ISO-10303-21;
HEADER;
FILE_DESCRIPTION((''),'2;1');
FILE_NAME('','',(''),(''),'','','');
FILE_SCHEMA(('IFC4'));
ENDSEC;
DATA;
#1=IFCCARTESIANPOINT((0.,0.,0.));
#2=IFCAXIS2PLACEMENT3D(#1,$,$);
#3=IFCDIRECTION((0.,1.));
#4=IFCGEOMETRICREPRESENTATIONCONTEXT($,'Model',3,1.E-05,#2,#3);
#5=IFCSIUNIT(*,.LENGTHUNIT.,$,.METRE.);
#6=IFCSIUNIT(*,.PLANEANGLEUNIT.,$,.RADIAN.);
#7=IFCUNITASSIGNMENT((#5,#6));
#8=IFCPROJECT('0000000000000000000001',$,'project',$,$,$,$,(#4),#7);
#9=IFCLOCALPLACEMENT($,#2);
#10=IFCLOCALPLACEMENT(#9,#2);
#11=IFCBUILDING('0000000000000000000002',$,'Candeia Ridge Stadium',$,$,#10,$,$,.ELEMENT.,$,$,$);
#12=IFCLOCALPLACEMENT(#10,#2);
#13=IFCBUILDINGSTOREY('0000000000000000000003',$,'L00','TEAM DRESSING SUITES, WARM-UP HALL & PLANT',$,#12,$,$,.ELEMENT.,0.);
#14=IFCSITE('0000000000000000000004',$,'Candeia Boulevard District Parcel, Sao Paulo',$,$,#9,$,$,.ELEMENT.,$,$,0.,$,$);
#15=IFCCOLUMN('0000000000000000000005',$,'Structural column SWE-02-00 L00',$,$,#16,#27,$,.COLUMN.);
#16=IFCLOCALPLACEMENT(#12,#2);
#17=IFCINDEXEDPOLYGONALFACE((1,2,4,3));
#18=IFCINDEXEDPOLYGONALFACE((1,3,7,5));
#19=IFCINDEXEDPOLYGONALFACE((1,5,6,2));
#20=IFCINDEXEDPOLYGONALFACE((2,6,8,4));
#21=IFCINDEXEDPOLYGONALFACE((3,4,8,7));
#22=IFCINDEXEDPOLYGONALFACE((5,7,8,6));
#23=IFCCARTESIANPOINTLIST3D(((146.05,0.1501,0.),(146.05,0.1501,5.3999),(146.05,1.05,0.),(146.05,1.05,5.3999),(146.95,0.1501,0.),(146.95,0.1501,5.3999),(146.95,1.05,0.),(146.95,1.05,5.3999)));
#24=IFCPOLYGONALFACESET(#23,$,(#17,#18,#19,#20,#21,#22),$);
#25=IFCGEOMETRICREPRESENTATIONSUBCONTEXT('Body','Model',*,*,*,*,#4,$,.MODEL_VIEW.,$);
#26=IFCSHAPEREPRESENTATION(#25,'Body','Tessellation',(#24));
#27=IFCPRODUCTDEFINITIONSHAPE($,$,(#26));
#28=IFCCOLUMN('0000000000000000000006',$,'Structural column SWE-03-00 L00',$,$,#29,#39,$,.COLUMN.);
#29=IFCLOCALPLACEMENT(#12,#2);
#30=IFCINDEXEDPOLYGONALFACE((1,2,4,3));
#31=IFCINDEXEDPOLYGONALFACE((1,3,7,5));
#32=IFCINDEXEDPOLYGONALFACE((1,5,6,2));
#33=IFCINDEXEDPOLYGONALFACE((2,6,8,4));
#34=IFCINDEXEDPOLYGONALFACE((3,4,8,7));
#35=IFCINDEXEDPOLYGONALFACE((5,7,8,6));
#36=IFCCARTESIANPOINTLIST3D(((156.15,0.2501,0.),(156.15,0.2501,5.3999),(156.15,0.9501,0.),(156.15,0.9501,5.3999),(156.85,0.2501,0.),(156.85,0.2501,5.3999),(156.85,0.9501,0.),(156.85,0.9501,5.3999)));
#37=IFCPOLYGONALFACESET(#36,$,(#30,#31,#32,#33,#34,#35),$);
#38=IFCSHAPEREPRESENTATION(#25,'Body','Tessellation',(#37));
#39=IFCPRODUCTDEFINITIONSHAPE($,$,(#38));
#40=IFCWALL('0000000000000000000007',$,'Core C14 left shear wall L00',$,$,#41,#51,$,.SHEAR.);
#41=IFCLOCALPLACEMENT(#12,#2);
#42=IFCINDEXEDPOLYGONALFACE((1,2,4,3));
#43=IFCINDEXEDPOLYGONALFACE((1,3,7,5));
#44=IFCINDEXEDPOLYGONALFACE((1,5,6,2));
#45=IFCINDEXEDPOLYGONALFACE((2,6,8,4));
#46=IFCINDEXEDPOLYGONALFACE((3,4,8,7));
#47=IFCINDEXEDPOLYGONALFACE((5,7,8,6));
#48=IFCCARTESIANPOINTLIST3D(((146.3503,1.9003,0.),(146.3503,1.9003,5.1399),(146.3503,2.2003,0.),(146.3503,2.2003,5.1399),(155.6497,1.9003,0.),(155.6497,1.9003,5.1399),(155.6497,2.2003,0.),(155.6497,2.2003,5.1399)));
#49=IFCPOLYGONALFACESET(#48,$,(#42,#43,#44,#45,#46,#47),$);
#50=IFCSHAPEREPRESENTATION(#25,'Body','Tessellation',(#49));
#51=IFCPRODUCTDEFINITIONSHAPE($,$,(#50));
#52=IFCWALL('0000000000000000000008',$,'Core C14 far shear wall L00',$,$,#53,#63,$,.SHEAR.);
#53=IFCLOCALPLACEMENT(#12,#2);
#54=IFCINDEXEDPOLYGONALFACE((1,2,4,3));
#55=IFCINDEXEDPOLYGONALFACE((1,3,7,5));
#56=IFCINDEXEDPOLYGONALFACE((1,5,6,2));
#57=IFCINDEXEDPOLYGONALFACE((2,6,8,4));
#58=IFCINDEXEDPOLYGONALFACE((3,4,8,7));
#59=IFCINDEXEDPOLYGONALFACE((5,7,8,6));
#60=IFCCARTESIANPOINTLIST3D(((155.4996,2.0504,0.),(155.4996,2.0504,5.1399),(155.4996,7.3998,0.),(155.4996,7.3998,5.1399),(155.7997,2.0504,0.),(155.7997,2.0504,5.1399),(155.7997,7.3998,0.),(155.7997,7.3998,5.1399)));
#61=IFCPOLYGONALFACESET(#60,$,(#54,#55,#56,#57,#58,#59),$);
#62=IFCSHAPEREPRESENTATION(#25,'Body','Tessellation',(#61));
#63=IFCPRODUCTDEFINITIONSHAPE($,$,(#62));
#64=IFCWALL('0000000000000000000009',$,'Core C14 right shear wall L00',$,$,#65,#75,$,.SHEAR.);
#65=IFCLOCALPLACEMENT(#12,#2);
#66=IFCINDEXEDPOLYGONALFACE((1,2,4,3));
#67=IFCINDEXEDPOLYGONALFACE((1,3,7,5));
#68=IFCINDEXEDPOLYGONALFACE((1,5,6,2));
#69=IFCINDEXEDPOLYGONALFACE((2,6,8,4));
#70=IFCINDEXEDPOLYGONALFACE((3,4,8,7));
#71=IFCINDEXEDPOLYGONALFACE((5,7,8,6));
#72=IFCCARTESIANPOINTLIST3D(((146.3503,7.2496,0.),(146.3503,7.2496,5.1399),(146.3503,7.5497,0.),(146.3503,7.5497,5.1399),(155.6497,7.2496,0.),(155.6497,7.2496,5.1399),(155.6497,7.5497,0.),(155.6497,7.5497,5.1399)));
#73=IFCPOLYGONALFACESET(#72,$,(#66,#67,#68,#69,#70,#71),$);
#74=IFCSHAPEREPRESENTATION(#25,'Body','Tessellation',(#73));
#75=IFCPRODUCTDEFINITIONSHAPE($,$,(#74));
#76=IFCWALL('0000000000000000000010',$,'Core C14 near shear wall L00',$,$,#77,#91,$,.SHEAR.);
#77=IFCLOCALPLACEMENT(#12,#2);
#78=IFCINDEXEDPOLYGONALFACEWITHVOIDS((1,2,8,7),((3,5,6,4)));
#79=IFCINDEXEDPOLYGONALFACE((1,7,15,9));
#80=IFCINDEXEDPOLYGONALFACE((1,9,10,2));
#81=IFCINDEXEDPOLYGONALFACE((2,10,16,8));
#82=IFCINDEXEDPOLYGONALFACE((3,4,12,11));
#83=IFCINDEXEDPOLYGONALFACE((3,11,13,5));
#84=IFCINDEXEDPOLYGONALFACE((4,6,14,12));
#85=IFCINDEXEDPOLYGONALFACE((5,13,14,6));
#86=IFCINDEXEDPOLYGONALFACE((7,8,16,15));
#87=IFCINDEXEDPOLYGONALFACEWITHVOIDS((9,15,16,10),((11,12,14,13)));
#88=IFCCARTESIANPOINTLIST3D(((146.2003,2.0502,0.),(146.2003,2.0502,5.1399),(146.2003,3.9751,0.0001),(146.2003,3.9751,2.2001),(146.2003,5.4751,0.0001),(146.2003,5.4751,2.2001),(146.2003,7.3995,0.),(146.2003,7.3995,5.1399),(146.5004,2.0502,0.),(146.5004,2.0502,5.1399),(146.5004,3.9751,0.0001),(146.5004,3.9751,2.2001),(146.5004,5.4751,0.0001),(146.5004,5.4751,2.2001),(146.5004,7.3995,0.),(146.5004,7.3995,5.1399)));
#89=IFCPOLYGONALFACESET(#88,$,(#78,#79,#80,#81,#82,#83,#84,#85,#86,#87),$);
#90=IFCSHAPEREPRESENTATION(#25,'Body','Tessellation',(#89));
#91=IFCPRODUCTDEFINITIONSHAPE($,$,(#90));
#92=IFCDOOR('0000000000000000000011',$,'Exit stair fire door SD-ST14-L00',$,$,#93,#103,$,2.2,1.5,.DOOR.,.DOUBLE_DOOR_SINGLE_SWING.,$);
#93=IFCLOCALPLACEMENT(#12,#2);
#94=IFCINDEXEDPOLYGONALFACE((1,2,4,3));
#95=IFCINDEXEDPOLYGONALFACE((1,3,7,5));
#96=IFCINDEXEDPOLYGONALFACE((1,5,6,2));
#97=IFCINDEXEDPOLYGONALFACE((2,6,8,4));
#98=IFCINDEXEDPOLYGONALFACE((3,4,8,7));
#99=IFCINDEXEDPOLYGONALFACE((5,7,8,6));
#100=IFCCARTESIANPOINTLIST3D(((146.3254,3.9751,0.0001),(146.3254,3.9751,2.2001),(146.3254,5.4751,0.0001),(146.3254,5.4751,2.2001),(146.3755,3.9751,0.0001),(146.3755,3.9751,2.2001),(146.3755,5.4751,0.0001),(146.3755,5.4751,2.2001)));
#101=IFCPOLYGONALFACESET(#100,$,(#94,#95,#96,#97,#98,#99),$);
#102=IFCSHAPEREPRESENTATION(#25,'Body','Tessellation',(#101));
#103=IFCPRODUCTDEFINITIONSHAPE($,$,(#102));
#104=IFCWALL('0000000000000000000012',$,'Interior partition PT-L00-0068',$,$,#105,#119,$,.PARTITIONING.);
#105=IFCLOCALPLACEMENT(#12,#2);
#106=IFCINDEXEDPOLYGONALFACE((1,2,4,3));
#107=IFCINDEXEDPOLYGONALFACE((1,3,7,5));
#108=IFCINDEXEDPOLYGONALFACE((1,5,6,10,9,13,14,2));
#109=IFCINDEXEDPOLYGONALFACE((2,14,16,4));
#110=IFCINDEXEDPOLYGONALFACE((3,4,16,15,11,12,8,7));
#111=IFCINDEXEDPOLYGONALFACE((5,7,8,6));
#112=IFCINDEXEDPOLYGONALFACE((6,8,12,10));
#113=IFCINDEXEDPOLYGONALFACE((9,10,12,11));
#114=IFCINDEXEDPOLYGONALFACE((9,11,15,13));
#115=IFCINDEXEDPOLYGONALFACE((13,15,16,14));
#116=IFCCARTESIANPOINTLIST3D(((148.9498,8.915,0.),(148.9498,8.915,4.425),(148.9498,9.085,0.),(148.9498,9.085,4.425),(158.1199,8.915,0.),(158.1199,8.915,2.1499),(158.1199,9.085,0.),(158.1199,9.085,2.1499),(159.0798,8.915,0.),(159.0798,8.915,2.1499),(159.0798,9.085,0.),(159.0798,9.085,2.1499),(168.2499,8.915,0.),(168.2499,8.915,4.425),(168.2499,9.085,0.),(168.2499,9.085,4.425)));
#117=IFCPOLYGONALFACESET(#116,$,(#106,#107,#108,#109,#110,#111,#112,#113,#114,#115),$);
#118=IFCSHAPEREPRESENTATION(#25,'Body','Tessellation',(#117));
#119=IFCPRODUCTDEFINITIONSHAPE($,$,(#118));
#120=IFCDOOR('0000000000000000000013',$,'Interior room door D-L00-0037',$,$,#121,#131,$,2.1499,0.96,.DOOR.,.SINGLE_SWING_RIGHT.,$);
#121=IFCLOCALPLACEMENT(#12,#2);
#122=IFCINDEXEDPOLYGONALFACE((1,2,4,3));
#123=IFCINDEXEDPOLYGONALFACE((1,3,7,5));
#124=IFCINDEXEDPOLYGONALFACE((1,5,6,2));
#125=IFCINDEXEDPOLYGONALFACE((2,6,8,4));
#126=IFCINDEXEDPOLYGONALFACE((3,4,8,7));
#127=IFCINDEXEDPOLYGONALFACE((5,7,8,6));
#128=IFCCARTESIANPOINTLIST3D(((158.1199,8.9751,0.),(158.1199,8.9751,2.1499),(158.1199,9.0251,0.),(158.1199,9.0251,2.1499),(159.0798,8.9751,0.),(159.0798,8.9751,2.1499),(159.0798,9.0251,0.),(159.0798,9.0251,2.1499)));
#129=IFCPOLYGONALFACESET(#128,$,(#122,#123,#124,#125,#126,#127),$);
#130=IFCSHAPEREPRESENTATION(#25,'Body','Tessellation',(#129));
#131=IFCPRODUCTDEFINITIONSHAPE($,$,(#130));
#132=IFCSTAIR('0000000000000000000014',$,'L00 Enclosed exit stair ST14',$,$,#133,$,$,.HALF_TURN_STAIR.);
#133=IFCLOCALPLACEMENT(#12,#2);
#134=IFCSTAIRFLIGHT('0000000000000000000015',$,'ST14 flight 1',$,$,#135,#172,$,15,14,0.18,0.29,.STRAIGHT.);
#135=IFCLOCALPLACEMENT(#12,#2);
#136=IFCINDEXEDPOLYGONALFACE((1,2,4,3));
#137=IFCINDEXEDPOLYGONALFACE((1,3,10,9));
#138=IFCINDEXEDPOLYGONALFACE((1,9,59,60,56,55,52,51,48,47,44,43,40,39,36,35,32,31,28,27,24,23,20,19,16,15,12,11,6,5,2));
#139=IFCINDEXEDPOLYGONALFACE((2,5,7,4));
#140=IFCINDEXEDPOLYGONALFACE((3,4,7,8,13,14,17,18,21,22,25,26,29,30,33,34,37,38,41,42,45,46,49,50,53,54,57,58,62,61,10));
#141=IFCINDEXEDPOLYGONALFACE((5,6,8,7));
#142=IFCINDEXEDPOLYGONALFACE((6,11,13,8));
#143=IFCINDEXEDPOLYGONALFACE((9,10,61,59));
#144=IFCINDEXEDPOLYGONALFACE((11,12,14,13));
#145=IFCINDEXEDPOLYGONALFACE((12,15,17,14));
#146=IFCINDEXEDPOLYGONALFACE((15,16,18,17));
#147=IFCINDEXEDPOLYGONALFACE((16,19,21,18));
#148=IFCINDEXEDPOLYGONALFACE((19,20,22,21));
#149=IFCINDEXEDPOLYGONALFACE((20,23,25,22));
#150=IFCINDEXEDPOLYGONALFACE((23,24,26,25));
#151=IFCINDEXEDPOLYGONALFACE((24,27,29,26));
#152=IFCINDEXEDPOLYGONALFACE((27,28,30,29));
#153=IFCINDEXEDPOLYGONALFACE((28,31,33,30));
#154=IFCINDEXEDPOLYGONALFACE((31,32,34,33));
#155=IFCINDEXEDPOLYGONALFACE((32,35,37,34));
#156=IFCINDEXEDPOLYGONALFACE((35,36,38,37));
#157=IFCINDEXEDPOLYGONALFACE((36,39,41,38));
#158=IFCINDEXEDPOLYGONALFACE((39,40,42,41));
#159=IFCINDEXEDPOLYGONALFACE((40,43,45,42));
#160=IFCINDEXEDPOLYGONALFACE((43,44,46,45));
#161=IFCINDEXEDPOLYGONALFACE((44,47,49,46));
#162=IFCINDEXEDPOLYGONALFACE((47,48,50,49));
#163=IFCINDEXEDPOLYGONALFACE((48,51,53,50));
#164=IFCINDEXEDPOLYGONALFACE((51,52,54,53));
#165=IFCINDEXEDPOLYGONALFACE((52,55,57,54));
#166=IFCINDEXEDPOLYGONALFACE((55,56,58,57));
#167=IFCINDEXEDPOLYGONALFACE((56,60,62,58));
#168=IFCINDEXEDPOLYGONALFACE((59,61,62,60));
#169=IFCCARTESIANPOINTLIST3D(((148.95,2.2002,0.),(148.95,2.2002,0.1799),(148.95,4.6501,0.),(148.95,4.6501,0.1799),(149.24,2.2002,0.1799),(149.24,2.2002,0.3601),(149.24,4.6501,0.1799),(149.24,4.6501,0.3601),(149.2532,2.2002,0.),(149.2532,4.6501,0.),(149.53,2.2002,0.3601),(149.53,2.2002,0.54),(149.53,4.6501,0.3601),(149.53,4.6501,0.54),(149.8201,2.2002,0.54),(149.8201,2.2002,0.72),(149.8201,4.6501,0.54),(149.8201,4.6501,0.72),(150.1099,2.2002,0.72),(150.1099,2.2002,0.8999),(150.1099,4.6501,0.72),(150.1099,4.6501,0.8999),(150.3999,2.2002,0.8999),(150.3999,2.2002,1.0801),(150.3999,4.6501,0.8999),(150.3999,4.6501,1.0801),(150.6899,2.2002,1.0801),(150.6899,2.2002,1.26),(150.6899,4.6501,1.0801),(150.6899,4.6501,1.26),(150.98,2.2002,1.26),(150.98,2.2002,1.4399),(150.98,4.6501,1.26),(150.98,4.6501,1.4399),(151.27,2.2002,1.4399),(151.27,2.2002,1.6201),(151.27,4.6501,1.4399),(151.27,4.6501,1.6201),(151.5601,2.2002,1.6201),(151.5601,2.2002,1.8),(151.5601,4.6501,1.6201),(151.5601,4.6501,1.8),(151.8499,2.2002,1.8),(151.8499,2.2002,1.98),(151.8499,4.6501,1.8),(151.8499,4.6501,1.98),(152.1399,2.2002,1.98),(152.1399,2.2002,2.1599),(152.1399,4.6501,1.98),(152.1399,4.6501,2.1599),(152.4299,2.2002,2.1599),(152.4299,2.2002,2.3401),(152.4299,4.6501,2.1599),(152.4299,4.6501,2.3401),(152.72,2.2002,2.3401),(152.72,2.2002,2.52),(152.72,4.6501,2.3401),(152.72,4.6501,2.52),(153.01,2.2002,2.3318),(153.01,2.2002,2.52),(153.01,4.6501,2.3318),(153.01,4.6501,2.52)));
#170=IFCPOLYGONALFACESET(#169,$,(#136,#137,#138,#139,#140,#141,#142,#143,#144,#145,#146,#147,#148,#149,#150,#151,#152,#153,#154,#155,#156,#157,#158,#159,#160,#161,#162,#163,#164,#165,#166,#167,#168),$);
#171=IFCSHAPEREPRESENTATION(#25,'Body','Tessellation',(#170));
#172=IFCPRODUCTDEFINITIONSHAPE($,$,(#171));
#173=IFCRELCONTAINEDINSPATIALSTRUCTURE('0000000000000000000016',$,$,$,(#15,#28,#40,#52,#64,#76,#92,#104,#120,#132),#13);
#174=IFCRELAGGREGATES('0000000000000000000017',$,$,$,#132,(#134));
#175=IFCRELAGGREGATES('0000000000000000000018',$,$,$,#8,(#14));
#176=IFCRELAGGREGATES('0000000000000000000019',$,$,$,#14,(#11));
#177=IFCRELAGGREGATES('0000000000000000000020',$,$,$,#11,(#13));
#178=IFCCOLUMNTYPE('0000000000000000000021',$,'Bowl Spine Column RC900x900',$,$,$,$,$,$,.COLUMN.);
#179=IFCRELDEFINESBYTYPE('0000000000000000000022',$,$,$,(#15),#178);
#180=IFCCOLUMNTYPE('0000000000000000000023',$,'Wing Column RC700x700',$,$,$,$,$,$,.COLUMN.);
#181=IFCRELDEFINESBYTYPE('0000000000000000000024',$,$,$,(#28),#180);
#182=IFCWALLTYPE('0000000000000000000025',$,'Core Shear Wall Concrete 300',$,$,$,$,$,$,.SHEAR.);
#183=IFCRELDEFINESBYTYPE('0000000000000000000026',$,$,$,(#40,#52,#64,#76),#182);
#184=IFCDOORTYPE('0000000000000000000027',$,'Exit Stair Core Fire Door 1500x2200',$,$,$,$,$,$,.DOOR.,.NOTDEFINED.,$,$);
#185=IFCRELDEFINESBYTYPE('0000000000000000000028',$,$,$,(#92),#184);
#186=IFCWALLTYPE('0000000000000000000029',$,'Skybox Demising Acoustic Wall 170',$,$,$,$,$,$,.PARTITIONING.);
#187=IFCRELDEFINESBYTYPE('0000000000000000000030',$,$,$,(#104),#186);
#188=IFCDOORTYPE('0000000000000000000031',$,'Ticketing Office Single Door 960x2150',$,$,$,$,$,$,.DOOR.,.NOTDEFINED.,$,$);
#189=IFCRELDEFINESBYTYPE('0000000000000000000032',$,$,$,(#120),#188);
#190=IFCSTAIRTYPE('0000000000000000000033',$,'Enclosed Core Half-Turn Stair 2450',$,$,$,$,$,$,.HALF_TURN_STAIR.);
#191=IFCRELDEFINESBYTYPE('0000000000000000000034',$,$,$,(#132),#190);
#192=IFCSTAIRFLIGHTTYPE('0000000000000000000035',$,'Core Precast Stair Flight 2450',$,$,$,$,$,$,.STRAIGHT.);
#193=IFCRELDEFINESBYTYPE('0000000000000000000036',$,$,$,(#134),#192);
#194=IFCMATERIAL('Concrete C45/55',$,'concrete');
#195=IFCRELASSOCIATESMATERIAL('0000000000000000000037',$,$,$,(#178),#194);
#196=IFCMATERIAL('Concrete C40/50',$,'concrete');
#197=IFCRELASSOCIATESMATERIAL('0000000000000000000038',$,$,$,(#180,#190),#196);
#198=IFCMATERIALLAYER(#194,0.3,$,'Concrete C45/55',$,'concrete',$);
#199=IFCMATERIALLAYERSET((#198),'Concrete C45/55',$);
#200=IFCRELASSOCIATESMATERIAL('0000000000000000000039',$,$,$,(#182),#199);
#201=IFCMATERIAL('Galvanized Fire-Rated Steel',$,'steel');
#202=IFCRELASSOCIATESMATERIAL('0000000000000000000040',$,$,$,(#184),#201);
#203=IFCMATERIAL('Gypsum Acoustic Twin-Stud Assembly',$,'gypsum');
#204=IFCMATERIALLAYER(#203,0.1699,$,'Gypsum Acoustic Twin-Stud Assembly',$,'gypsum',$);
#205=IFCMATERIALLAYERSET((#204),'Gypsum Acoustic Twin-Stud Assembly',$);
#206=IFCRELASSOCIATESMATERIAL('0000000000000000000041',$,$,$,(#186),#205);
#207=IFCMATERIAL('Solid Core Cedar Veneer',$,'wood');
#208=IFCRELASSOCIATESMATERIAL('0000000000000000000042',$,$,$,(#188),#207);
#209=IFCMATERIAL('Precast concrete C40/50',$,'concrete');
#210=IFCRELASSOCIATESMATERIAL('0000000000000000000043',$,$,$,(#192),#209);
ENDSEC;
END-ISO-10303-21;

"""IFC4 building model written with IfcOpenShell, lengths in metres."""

from ifc_helpers import new_model, si_unit, direction, frame, frame_2d, origin, origin_2d, place, context, subcontext, project, spatial, polyline, rectangle, outline, extrude, material, layer, layer_set, material_profile, profile_set, type_object, element, fill, aggregate, save


model = new_model("IFC4")

# Units and contexts
model_context = context("Model", 3, precision=1e-05, world=origin(), true_north=direction((0.0, 1.0)))
body_context = subcontext(model_context, "Body", "Model", "MODEL_VIEW")
ifc_project = project(units=[si_unit("LENGTHUNIT", "METRE"), si_unit("PLANEANGLEUNIT", "RADIAN")], contexts=[model_context])

# Site, building, storey
site_placement = place(None, origin())
site = spatial("IfcSite", under=ifc_project, at=site_placement, Name="Candeia Boulevard District Parcel, Sao Paulo", CompositionType="ELEMENT", RefElevation=0.0)
building_placement = place(site_placement, origin())
building = spatial("IfcBuilding", under=site, at=building_placement, Name="Candeia Ridge Stadium", CompositionType="ELEMENT")
storey_placement = place(building_placement, origin())
storey = spatial("IfcBuildingStorey", under=building, at=storey_placement, Name="L00", Description="TEAM DRESSING SUITES, WARM-UP HALL & PLANT", CompositionType="ELEMENT", Elevation=0.0)

# Shared definitions
ifc_material_1 = material(Name="Concrete C40/50", Category="concrete")

# Columns
ifc_material_2 = material(Name="Concrete C45/55", Category="concrete")
ifc_material_profile_1 = material_profile(ifc_material_2, rectangle(XDim=0.8999, YDim=0.8999, at=origin_2d()), Name="RC900x900", Category="concrete")
ifc_profile_set_1 = profile_set([ifc_material_profile_1], Name="Concrete C45/55")
column_type_1 = type_object("IfcColumnType", Name="Bowl Spine Column RC900x900", PredefinedType="COLUMN", material=ifc_profile_set_1)
column_1_placement = place(storey_placement, frame((146.5, 0.6001, 0.0), z_axis=(0.0, 0.0, 1.0), x_axis=(1.0, 0.0, 0.0)))
element("IfcColumn", 1, at=column_1_placement, inside=storey, type_object=column_type_1, Name="Structural column SWE-02-00 L00", PredefinedType="COLUMN", context=body_context, shape_type="SweptSolid", body=[
    extrude(rectangle(XDim=0.8999, YDim=0.8999, at=origin_2d()), origin(), (0.0, 0.0, 1.0), 5.3999),
])
ifc_material_profile_2 = material_profile(ifc_material_1, rectangle(XDim=0.7, YDim=0.7, at=origin_2d()), Name="RC700x700", Category="concrete")
ifc_profile_set_2 = profile_set([ifc_material_profile_2], Name="Concrete C40/50")
column_type_2 = type_object("IfcColumnType", Name="Wing Column RC700x700", PredefinedType="COLUMN", material=ifc_profile_set_2)
column_2_placement = place(storey_placement, frame((156.5, 0.6001, 0.0), z_axis=(0.0, 0.0, 1.0), x_axis=(1.0, 0.0, 0.0)))
element("IfcColumn", 2, at=column_2_placement, inside=storey, type_object=column_type_2, Name="Structural column SWE-03-00 L00", PredefinedType="COLUMN", context=body_context, shape_type="SweptSolid", body=[
    extrude(rectangle(XDim=0.7, YDim=0.7, at=origin_2d()), origin(), (0.0, 0.0, 1.0), 5.3999),
])

# Walls
ifc_layer_1 = layer(ifc_material_2, 0.3, Name="Concrete C45/55", Category="concrete")
ifc_layer_set_1 = layer_set([ifc_layer_1], Name="Concrete C45/55")
wall_type_1 = type_object("IfcWallType", Name="Core Shear Wall Concrete 300", PredefinedType="SHEAR", material=ifc_layer_set_1)
wall_1_placement = place(storey_placement, frame((146.3503, 2.0503, 0.0), z_axis=(0.0, 0.0, 1.0), x_axis=(1.0, 0.0, 0.0)))
element("IfcWall", 3, at=wall_1_placement, inside=storey, type_object=wall_type_1, Name="Core C14 left shear wall L00", PredefinedType="SHEAR", context=body_context, shape_type="SweptSolid", body=[
    extrude(rectangle(XDim=9.2993, YDim=0.3, at=frame_2d((4.6497, 0.0))), origin(), (0.0, 0.0, 1.0), 5.1399),
])
wall_2_placement = place(storey_placement, frame((155.6497, 2.0503, 0.0), z_axis=(0.0, 0.0, 1.0), x_axis=(0.0, 1.0, 0.0)))
element("IfcWall", 4, at=wall_2_placement, inside=storey, type_object=wall_type_1, Name="Core C14 far shear wall L00", PredefinedType="SHEAR", context=body_context, shape_type="SweptSolid", body=[
    extrude(rectangle(XDim=5.3494, YDim=0.3, at=frame_2d((2.6748, 0.0))), origin(), (0.0, 0.0, 1.0), 5.1399),
])
wall_3_placement = place(storey_placement, frame((155.6497, 7.3997, 0.0), z_axis=(0.0, 0.0, 1.0), x_axis=(-1.0, 0.0, 0.0)))
element("IfcWall", 5, at=wall_3_placement, inside=storey, type_object=wall_type_1, Name="Core C14 right shear wall L00", PredefinedType="SHEAR", context=body_context, shape_type="SweptSolid", body=[
    extrude(rectangle(XDim=9.2993, YDim=0.3, at=frame_2d((4.6497, 0.0))), origin(), (0.0, 0.0, 1.0), 5.1399),
])

# Walls, openings, doors
wall_4_placement = place(storey_placement, frame((146.3503, 7.3997, 0.0), z_axis=(0.0, 0.0, 1.0), x_axis=(0.0, -1.0, 0.0)))
wall_4 = element("IfcWall", 6, at=wall_4_placement, inside=storey, type_object=wall_type_1, Name="Core C14 near shear wall L00", PredefinedType="SHEAR", context=body_context, shape_type="SweptSolid", body=[
    extrude(rectangle(XDim=5.3494, YDim=0.3, at=frame_2d((2.6748, 0.0))), origin(), (0.0, 0.0, 1.0), 5.1399),
])
opening_1_placement = place(wall_4_placement, frame((1.9246, 0.0, 0.0)))
opening_1 = element("IfcOpeningElement", 7, at=opening_1_placement, cuts=wall_4, PredefinedType="OPENING", context=body_context, shape_type="SweptSolid", body=[
    extrude(rectangle(XDim=1.5, YDim=2.2, at=frame_2d((0.75, 1.1001))), frame((0.0, 0.1599, 0.0), z_axis=(0.0, -1.0, 0.0), x_axis=(1.0, 0.0, 0.0)), (0.0, 0.0, 1.0), 0.3201),
])
ifc_material_3 = material(Name="Galvanized Fire-Rated Steel", Category="steel")
door_type_1 = type_object("IfcDoorType", Name="Exit Stair Core Fire Door 1500x2200", OperationType="NOTDEFINED", PredefinedType="DOOR", material=ifc_material_3)
door_1_placement = place(opening_1_placement, frame((1.5, 0.0, 0.0), z_axis=(0.0, 0.0, 1.0), x_axis=(-1.0, 0.0, 0.0)))
door_1 = element("IfcDoor", 8, at=door_1_placement, inside=storey, type_object=door_type_1, Name="Exit stair fire door SD-ST14-L00", OperationType="DOUBLE_DOOR_SINGLE_SWING", OverallHeight=2.2, OverallWidth=1.5, PredefinedType="DOOR", context=body_context, shape_type="SweptSolid", body=[
    extrude(rectangle(XDim=1.5, YDim=2.2, at=frame_2d((0.75, 1.1001))), frame((0.0, 0.0249, 0.0), z_axis=(0.0, -1.0, 0.0), x_axis=(1.0, 0.0, 0.0)), (0.0, 0.0, 1.0), 0.05),
])
fill(opening_1, door_1)
ifc_material_4 = material(Name="Gypsum Acoustic Twin-Stud Assembly", Category="gypsum")
ifc_layer_2 = layer(ifc_material_4, 0.1699, Name="Gypsum Acoustic Twin-Stud Assembly", Category="gypsum")
ifc_layer_set_2 = layer_set([ifc_layer_2], Name="Gypsum Acoustic Twin-Stud Assembly")
wall_type_2 = type_object("IfcWallType", Name="Skybox Demising Acoustic Wall 170", PredefinedType="PARTITIONING", material=ifc_layer_set_2)
wall_5_placement = place(storey_placement, frame((148.95, 9.0, 0.0), z_axis=(0.0, 0.0, 1.0), x_axis=(1.0, 0.0, 0.0)))
wall_5 = element("IfcWall", 9, at=wall_5_placement, inside=storey, type_object=wall_type_2, Name="Interior partition PT-L00-0068", PredefinedType="PARTITIONING", context=body_context, shape_type="SweptSolid", body=[
    extrude(rectangle(XDim=19.3, YDim=0.1699, at=frame_2d((9.6499, 0.0))), origin(), (0.0, 0.0, 1.0), 4.425),
])
opening_2_placement = place(wall_5_placement, frame((9.1699, 0.0, 0.0)))
opening_2 = element("IfcOpeningElement", 10, at=opening_2_placement, cuts=wall_5, PredefinedType="OPENING", context=body_context, shape_type="SweptSolid", body=[
    extrude(rectangle(XDim=0.96, YDim=2.1499, at=frame_2d((0.48, 1.075))), frame((0.0, 0.095, 0.0), z_axis=(0.0, -1.0, 0.0), x_axis=(1.0, 0.0, 0.0)), (0.0, 0.0, 1.0), 0.1899),
])
ifc_material_5 = material(Name="Solid Core Cedar Veneer", Category="wood")
door_type_2 = type_object("IfcDoorType", Name="Ticketing Office Single Door 960x2150", OperationType="NOTDEFINED", PredefinedType="DOOR", material=ifc_material_5)
door_2_placement = place(opening_2_placement, frame((0.96, 0.0, 0.0), z_axis=(0.0, 0.0, 1.0), x_axis=(-1.0, 0.0, 0.0)))
door_2 = element("IfcDoor", 11, at=door_2_placement, inside=storey, type_object=door_type_2, Name="Interior room door D-L00-0037", OperationType="SINGLE_SWING_RIGHT", OverallHeight=2.1499, OverallWidth=0.96, PredefinedType="DOOR", context=body_context, shape_type="SweptSolid", body=[
    extrude(rectangle(XDim=0.96, YDim=2.1499, at=frame_2d((0.48, 1.075))), frame((0.0, 0.0249, 0.0), z_axis=(0.0, -1.0, 0.0), x_axis=(1.0, 0.0, 0.0)), (0.0, 0.0, 1.0), 0.05),
])
fill(opening_2, door_2)

# Stair, stair flight
stair_type = type_object("IfcStairType", Name="Enclosed Core Half-Turn Stair 2450", PredefinedType="HALF_TURN_STAIR", material=ifc_material_1)
stair_placement = place(storey_placement, origin())
stair = element("IfcStair", 12, at=stair_placement, inside=storey, type_object=stair_type, Name="L00 Enclosed exit stair ST14", PredefinedType="HALF_TURN_STAIR")
ifc_material_6 = material(Name="Precast concrete C40/50", Category="concrete")
stair_flight_type = type_object("IfcStairFlightType", Name="Core Precast Stair Flight 2450", PredefinedType="STRAIGHT", material=ifc_material_6)
stair_flight_1_placement = place(storey_placement, frame((148.95, 3.425, 0.0), z_axis=(0.0, 0.0, 1.0), x_axis=(1.0, 0.0, 0.0)))
stair_flight_1 = element("IfcStairFlight", 13, at=stair_flight_1_placement, type_object=stair_flight_type, Name="ST14 flight 1", NumberOfRisers=15, NumberOfTreads=14, PredefinedType="STRAIGHT", RiserHeight=0.18, TreadLength=0.29, context=body_context, shape_type="SweptSolid", body=[
    extrude(outline(polyline([(0.0, 0.0), (0.0, 0.1799), (0.29, 0.1799), (0.29, 0.3601), (0.5801, 0.3601), (0.5801, 0.54), (0.8701, 0.54), (0.8701, 0.72), (1.1599, 0.72), (1.1599, 0.8999), (1.45, 0.8999), (1.45, 1.0801), (1.74, 1.0801), (1.74, 1.26), (2.03, 1.26), (2.03, 1.4399), (2.3201, 1.4399), (2.3201, 1.6201), (2.6101, 1.6201), (2.6101, 1.8), (2.8999, 1.8), (2.8999, 1.98), (3.1899, 1.98), (3.1899, 2.1599), (3.48, 2.1599), (3.48, 2.3401), (3.77, 2.3401), (3.77, 2.52), (4.0601, 2.52), (4.0601, 2.7), (4.0601, 2.3318), (0.3032, 0.0), (0.0, 0.0)])), frame((0.0, 1.2251, 0.0), z_axis=(0.0, -1.0, 0.0), x_axis=(1.0, 0.0, 0.0)), (0.0, 0.0, 1.0), 2.45),
])
aggregate(stair, [stair_flight_1])

save(model, "model.ifc")
